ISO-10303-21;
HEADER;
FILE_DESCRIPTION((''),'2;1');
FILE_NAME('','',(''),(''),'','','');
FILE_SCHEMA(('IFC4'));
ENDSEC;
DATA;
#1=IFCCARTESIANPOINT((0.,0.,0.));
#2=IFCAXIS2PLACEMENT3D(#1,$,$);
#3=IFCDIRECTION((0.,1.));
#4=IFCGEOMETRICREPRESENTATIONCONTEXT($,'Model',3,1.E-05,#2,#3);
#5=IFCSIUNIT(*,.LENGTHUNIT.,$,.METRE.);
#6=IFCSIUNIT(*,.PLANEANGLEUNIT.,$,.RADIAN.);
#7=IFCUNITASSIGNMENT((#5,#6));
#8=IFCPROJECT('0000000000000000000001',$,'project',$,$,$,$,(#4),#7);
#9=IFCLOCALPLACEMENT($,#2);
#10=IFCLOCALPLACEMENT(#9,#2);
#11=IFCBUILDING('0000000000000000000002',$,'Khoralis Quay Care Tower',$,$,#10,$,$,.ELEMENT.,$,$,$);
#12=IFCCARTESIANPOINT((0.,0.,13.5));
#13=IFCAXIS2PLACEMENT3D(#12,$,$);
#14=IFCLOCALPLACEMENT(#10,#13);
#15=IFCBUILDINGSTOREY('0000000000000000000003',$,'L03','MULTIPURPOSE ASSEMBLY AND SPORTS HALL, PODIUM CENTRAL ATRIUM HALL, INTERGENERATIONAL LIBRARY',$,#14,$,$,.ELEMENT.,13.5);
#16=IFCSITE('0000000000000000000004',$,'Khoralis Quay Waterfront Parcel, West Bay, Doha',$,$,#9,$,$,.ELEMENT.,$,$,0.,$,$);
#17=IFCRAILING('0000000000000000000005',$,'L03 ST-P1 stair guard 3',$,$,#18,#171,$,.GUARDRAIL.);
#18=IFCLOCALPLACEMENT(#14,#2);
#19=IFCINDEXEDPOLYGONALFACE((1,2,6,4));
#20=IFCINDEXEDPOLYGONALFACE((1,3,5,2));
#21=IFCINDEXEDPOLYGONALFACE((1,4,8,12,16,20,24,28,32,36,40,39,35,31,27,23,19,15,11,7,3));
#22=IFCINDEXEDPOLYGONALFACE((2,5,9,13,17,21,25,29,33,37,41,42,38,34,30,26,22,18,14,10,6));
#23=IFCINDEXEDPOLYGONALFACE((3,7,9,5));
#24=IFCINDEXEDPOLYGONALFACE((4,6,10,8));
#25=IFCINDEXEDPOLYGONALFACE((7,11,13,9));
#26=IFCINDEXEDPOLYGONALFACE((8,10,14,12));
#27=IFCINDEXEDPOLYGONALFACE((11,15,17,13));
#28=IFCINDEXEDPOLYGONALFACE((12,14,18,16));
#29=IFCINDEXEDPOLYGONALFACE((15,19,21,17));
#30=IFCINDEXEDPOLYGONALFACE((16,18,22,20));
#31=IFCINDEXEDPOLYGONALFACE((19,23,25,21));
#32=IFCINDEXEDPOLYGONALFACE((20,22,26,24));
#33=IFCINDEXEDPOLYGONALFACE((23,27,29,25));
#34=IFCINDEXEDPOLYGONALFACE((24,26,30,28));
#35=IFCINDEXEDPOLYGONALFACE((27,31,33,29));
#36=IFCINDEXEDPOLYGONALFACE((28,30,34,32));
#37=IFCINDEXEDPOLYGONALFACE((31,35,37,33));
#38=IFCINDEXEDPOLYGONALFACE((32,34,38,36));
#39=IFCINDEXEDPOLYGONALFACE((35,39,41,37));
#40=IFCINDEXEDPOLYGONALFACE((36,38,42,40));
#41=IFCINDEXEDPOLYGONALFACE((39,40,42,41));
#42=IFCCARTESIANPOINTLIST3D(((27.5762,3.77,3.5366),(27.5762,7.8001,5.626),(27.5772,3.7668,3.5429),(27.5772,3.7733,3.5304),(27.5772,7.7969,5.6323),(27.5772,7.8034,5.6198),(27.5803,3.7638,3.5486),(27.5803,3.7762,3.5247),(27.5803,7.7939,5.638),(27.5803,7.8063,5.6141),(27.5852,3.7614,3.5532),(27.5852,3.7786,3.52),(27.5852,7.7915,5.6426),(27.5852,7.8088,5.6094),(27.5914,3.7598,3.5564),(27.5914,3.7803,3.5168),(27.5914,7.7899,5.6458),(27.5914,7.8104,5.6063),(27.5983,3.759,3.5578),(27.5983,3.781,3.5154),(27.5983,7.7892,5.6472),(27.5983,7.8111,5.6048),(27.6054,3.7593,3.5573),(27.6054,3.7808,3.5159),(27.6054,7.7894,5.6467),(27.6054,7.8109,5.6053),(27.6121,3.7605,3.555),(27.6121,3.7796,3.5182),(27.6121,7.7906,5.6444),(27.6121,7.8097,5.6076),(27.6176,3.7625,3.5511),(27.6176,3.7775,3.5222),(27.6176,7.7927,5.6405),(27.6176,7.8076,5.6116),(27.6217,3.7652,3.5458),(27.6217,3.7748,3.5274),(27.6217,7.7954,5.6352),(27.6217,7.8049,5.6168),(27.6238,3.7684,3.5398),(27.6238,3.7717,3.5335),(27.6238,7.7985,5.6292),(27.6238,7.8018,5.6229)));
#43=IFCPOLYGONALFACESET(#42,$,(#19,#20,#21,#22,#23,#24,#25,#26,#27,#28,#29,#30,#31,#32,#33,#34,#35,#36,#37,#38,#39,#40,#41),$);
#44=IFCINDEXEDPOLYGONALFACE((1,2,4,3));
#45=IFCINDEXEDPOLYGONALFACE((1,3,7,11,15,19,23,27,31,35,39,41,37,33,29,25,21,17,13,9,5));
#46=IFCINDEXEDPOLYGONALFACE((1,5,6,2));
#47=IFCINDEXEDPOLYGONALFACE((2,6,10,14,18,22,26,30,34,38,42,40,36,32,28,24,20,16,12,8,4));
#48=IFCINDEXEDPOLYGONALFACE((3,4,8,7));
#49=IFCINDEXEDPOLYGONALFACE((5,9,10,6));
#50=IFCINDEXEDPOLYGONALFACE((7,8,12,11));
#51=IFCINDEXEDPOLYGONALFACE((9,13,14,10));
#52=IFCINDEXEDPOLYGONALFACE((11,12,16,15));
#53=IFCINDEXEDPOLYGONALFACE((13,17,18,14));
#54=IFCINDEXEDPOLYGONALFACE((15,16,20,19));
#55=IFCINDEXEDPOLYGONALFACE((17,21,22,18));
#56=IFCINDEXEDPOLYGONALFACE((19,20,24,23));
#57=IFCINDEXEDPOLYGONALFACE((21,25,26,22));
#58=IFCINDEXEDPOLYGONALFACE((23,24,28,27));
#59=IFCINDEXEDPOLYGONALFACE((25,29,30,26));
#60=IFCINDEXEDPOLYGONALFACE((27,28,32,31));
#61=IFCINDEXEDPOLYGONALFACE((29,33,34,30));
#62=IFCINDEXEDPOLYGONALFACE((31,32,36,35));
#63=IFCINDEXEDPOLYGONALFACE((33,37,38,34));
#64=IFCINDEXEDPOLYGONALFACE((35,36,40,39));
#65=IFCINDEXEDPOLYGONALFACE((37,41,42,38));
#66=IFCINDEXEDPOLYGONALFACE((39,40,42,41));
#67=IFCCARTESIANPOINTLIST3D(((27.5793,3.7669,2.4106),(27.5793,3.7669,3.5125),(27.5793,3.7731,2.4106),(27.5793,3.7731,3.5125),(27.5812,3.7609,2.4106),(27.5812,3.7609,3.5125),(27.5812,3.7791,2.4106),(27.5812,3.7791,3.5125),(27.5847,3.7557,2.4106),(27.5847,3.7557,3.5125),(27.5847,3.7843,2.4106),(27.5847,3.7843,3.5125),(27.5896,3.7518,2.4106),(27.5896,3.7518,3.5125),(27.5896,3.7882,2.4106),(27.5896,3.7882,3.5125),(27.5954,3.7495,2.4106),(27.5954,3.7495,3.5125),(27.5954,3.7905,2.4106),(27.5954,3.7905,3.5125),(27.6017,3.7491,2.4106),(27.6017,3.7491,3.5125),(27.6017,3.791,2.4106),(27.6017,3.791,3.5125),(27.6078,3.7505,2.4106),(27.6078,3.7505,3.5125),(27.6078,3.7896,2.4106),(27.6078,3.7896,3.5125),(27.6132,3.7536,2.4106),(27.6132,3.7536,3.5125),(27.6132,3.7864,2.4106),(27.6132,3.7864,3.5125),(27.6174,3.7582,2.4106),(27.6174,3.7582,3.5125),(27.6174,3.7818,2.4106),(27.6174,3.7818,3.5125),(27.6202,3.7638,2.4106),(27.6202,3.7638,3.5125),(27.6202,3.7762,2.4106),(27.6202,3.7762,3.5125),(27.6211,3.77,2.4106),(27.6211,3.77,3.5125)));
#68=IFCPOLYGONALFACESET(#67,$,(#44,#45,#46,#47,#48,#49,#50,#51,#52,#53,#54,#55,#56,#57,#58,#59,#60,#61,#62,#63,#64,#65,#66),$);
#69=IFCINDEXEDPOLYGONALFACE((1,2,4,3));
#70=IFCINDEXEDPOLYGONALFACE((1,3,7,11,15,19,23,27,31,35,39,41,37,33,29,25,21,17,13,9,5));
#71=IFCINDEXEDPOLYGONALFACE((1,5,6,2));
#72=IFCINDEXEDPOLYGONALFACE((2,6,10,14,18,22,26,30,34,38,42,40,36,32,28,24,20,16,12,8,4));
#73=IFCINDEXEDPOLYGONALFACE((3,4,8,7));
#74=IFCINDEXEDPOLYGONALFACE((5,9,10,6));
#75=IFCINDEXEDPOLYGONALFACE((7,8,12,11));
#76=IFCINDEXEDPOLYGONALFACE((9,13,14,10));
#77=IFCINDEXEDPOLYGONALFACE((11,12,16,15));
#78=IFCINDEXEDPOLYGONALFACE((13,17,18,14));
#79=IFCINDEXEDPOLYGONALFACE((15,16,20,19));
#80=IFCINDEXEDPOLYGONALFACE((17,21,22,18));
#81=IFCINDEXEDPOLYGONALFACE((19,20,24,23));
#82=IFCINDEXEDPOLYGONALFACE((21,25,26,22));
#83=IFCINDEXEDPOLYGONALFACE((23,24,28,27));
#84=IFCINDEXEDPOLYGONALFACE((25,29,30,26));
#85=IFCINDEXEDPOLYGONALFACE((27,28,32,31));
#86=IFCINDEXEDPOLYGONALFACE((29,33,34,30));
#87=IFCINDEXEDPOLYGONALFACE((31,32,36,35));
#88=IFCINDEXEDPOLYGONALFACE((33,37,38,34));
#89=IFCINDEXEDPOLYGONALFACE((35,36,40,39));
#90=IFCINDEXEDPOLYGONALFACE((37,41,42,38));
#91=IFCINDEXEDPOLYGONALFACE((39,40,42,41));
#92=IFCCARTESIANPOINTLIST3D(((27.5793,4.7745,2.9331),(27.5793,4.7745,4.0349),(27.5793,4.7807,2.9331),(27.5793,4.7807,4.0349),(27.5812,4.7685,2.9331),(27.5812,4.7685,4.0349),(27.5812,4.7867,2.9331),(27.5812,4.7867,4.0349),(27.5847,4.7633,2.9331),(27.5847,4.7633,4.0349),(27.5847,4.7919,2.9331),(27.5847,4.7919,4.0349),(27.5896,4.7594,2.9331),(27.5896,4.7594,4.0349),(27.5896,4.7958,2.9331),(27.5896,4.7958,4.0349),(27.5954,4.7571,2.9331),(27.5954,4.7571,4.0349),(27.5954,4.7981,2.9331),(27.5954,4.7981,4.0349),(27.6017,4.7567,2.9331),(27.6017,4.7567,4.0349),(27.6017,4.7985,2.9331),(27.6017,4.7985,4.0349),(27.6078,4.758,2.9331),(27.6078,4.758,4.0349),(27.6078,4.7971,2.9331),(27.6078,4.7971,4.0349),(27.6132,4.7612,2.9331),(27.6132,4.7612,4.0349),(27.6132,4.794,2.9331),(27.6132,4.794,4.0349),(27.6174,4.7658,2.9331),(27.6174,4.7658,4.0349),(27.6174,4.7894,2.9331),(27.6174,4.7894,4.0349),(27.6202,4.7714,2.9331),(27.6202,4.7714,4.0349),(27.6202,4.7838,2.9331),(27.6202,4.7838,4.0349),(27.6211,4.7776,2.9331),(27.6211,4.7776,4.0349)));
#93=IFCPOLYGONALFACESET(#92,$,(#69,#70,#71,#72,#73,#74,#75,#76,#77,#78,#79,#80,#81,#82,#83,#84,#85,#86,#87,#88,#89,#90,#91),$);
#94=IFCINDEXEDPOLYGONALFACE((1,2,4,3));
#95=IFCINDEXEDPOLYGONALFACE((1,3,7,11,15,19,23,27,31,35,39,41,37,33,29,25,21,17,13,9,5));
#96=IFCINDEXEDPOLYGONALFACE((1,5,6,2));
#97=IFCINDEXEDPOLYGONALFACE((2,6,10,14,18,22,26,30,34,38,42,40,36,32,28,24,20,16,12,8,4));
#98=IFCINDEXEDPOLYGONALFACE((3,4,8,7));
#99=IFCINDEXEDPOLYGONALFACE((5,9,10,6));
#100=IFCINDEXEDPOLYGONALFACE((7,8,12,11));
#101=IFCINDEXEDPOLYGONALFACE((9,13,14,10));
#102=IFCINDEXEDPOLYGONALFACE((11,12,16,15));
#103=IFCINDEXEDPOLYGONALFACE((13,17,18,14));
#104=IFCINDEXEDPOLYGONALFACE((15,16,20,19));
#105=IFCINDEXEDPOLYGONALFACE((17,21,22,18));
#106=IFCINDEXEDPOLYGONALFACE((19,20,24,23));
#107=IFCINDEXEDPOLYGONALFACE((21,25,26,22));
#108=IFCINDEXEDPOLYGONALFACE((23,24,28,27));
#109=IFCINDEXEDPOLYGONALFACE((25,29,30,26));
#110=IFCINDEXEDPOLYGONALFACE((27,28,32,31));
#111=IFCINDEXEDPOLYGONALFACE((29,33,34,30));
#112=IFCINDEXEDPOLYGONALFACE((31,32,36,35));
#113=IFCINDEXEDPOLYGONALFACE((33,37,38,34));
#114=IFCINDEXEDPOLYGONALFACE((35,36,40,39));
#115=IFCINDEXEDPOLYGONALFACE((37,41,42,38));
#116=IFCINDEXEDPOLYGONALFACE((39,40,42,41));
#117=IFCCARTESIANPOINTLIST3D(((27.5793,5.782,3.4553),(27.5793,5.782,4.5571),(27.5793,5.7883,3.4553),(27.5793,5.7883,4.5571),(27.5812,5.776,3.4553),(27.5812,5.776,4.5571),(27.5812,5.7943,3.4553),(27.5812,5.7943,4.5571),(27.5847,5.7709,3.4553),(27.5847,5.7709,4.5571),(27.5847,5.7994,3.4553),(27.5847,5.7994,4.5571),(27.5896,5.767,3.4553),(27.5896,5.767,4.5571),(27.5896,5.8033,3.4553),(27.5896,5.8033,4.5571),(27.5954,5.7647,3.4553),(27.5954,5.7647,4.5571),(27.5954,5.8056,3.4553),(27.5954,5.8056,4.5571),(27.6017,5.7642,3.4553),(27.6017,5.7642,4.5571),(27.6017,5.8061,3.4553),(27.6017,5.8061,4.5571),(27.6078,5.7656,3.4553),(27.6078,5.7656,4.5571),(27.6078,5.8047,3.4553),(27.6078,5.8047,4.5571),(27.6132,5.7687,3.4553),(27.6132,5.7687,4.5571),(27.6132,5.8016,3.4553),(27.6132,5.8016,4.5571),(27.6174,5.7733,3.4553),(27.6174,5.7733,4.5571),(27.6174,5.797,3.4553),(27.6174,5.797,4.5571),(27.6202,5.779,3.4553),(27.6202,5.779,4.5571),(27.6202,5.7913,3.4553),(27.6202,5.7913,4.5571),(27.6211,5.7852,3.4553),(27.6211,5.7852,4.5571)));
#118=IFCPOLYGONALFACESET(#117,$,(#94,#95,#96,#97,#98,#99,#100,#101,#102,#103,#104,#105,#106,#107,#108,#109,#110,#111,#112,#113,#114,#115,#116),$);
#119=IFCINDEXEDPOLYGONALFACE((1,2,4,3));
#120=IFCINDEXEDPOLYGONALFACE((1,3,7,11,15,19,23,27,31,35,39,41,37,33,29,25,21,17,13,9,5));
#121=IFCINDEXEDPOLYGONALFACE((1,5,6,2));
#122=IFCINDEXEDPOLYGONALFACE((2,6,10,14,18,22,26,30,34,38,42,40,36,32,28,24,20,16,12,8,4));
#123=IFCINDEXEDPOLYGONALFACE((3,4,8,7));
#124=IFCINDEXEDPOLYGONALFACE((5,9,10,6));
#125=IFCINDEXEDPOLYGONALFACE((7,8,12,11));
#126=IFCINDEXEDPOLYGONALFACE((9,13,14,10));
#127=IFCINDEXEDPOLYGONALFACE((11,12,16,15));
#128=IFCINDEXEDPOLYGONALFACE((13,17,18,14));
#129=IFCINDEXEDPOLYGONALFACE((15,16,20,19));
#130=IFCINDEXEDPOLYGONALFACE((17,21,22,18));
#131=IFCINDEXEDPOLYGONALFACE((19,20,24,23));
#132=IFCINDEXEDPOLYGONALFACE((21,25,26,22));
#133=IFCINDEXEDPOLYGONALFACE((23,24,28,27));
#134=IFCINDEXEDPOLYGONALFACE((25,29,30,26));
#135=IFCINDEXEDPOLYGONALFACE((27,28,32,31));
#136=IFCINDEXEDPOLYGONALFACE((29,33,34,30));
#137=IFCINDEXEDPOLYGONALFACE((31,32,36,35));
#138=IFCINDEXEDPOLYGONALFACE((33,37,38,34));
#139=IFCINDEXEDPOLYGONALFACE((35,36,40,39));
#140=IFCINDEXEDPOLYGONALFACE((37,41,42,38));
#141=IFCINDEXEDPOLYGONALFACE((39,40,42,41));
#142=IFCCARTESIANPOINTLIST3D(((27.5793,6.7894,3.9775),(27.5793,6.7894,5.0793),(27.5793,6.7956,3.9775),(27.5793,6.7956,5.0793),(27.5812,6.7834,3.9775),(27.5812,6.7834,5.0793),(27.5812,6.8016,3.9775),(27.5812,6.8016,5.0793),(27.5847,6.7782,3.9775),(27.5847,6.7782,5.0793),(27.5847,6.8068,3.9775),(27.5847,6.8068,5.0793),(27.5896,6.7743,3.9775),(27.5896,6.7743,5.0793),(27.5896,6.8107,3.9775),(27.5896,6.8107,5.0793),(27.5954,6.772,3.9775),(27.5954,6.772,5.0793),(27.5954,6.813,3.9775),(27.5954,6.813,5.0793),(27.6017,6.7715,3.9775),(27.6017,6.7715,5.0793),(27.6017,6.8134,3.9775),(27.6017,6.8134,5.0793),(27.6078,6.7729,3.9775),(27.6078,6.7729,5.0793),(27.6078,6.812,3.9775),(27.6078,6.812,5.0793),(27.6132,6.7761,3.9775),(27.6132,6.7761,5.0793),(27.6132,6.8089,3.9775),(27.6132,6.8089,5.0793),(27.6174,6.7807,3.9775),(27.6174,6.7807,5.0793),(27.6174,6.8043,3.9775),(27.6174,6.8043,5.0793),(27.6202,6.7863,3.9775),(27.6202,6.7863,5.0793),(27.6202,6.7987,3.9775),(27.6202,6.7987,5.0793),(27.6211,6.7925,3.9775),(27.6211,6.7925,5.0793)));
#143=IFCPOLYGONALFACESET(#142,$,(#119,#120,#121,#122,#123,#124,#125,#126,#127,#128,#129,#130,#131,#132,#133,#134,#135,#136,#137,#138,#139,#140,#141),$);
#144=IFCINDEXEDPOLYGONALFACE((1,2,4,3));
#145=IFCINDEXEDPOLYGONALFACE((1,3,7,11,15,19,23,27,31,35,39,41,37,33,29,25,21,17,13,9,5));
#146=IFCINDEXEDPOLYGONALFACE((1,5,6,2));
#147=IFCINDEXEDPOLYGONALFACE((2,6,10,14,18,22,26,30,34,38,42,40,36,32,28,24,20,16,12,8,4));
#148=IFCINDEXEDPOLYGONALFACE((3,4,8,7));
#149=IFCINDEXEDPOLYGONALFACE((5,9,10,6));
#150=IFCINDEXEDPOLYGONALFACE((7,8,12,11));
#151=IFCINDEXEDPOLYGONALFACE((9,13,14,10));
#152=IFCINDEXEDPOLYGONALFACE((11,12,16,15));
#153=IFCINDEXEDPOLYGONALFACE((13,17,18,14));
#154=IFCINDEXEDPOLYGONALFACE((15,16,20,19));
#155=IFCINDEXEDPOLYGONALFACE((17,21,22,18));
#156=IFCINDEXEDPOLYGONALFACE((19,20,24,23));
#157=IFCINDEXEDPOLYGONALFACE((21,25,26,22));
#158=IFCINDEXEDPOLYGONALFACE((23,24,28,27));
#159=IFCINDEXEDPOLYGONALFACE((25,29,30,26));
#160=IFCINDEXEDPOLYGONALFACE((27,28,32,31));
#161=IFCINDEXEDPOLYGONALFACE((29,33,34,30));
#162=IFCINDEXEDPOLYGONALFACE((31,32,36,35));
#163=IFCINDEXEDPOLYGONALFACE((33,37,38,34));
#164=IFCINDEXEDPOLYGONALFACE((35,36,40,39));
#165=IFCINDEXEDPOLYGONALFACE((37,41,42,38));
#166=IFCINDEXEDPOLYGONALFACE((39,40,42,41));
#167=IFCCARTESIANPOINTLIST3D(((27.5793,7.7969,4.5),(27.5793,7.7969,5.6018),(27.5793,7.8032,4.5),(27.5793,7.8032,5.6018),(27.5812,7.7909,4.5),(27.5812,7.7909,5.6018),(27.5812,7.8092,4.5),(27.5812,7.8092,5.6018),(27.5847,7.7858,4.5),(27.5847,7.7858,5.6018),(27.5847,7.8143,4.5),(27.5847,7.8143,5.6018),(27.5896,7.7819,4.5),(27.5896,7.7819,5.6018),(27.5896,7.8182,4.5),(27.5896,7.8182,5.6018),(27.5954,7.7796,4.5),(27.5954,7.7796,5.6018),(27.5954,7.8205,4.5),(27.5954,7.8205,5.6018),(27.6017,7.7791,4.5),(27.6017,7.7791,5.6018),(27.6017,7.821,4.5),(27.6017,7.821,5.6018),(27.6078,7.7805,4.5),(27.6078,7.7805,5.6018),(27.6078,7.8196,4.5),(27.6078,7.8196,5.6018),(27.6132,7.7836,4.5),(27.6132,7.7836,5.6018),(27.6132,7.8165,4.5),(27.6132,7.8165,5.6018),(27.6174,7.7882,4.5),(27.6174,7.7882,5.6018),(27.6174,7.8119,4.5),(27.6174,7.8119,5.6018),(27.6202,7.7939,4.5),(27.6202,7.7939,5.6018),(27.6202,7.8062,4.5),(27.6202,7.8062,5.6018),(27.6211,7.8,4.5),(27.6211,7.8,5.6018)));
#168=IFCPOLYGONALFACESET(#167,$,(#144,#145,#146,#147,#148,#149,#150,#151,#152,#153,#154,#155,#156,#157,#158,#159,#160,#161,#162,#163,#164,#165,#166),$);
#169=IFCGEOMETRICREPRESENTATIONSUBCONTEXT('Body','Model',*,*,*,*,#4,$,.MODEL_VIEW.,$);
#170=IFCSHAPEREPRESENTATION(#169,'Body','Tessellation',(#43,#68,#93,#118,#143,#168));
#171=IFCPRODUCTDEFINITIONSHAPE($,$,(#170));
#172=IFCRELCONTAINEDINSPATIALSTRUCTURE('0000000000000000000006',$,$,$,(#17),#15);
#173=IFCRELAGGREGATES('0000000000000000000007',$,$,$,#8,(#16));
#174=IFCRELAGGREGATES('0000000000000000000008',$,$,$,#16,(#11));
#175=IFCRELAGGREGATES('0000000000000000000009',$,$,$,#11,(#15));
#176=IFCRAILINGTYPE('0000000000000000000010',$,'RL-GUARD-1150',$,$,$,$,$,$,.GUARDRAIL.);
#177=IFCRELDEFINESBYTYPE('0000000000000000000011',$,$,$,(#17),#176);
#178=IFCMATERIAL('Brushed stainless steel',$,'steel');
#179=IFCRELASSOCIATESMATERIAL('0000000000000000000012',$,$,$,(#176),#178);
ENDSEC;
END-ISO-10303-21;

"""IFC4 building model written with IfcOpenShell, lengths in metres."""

from ifc_helpers import new_model, si_unit, direction, frame, origin, origin_2d, place, context, subcontext, project, spatial, circle, extrude, material, type_object, element, save


model = new_model("IFC4")

# Units and contexts
model_context = context("Model", 3, precision=1e-05, world=origin(), true_north=direction((0.0, 1.0)))
body_context = subcontext(model_context, "Body", "Model", "MODEL_VIEW")
ifc_project = project(units=[si_unit("LENGTHUNIT", "METRE"), si_unit("PLANEANGLEUNIT", "RADIAN")], contexts=[model_context])

# Site, building, storey
site_placement = place(None, origin())
site = spatial("IfcSite", under=ifc_project, at=site_placement, Name="Khoralis Quay Waterfront Parcel, West Bay, Doha", CompositionType="ELEMENT", RefElevation=0.0)
building_placement = place(site_placement, origin())
building = spatial("IfcBuilding", under=site, at=building_placement, Name="Khoralis Quay Care Tower", CompositionType="ELEMENT")
storey_placement = place(building_placement, frame((0.0, 0.0, 13.5)))
storey = spatial("IfcBuildingStorey", under=building, at=storey_placement, Name="L03", Description="MULTIPURPOSE ASSEMBLY AND SPORTS HALL, PODIUM CENTRAL ATRIUM HALL, INTERGENERATIONAL LIBRARY", CompositionType="ELEMENT", Elevation=13.5)

# Railing
ifc_material_1 = material(Name="Brushed stainless steel", Category="steel")
railing_type = type_object("IfcRailingType", Name="RL-GUARD-1150", PredefinedType="GUARDRAIL", material=ifc_material_1)
railing_1_placement = place(storey_placement, frame((27.6001, 3.77, 2.4106)))
element("IfcRailing", 1, at=railing_1_placement, inside=storey, type_object=railing_type, Name="L03 ST-P1 stair guard 3", PredefinedType="GUARDRAIL", context=body_context, shape_type="SweptSolid", body=[
    extrude(circle(Radius=0.0239, at=origin_2d()), frame((0.0, 0.0, 1.126), z_axis=(0.0, 0.887781, 0.460267), x_axis=(-1.0, 0.0, 0.0)), (0.0, 0.0, 1.0), 4.5396),
    extrude(circle(Radius=0.021, at=origin_2d()), origin(), (0.0, 0.0, 1.0), 1.1018),
    extrude(circle(Radius=0.021, at=origin_2d()), frame((0.0, 1.0076, 0.5225)), (0.0, 0.0, 1.0), 1.1018),
    extrude(circle(Radius=0.021, at=origin_2d()), frame((0.0, 2.0151, 1.0447)), (0.0, 0.0, 1.0), 1.1018),
    extrude(circle(Radius=0.021, at=origin_2d()), frame((0.0, 3.0225, 1.5669)), (0.0, 0.0, 1.0), 1.1018),
    extrude(circle(Radius=0.021, at=origin_2d()), frame((0.0, 4.03, 2.0894)), (0.0, 0.0, 1.0), 1.1018),
])

save(model, "model.ifc")
